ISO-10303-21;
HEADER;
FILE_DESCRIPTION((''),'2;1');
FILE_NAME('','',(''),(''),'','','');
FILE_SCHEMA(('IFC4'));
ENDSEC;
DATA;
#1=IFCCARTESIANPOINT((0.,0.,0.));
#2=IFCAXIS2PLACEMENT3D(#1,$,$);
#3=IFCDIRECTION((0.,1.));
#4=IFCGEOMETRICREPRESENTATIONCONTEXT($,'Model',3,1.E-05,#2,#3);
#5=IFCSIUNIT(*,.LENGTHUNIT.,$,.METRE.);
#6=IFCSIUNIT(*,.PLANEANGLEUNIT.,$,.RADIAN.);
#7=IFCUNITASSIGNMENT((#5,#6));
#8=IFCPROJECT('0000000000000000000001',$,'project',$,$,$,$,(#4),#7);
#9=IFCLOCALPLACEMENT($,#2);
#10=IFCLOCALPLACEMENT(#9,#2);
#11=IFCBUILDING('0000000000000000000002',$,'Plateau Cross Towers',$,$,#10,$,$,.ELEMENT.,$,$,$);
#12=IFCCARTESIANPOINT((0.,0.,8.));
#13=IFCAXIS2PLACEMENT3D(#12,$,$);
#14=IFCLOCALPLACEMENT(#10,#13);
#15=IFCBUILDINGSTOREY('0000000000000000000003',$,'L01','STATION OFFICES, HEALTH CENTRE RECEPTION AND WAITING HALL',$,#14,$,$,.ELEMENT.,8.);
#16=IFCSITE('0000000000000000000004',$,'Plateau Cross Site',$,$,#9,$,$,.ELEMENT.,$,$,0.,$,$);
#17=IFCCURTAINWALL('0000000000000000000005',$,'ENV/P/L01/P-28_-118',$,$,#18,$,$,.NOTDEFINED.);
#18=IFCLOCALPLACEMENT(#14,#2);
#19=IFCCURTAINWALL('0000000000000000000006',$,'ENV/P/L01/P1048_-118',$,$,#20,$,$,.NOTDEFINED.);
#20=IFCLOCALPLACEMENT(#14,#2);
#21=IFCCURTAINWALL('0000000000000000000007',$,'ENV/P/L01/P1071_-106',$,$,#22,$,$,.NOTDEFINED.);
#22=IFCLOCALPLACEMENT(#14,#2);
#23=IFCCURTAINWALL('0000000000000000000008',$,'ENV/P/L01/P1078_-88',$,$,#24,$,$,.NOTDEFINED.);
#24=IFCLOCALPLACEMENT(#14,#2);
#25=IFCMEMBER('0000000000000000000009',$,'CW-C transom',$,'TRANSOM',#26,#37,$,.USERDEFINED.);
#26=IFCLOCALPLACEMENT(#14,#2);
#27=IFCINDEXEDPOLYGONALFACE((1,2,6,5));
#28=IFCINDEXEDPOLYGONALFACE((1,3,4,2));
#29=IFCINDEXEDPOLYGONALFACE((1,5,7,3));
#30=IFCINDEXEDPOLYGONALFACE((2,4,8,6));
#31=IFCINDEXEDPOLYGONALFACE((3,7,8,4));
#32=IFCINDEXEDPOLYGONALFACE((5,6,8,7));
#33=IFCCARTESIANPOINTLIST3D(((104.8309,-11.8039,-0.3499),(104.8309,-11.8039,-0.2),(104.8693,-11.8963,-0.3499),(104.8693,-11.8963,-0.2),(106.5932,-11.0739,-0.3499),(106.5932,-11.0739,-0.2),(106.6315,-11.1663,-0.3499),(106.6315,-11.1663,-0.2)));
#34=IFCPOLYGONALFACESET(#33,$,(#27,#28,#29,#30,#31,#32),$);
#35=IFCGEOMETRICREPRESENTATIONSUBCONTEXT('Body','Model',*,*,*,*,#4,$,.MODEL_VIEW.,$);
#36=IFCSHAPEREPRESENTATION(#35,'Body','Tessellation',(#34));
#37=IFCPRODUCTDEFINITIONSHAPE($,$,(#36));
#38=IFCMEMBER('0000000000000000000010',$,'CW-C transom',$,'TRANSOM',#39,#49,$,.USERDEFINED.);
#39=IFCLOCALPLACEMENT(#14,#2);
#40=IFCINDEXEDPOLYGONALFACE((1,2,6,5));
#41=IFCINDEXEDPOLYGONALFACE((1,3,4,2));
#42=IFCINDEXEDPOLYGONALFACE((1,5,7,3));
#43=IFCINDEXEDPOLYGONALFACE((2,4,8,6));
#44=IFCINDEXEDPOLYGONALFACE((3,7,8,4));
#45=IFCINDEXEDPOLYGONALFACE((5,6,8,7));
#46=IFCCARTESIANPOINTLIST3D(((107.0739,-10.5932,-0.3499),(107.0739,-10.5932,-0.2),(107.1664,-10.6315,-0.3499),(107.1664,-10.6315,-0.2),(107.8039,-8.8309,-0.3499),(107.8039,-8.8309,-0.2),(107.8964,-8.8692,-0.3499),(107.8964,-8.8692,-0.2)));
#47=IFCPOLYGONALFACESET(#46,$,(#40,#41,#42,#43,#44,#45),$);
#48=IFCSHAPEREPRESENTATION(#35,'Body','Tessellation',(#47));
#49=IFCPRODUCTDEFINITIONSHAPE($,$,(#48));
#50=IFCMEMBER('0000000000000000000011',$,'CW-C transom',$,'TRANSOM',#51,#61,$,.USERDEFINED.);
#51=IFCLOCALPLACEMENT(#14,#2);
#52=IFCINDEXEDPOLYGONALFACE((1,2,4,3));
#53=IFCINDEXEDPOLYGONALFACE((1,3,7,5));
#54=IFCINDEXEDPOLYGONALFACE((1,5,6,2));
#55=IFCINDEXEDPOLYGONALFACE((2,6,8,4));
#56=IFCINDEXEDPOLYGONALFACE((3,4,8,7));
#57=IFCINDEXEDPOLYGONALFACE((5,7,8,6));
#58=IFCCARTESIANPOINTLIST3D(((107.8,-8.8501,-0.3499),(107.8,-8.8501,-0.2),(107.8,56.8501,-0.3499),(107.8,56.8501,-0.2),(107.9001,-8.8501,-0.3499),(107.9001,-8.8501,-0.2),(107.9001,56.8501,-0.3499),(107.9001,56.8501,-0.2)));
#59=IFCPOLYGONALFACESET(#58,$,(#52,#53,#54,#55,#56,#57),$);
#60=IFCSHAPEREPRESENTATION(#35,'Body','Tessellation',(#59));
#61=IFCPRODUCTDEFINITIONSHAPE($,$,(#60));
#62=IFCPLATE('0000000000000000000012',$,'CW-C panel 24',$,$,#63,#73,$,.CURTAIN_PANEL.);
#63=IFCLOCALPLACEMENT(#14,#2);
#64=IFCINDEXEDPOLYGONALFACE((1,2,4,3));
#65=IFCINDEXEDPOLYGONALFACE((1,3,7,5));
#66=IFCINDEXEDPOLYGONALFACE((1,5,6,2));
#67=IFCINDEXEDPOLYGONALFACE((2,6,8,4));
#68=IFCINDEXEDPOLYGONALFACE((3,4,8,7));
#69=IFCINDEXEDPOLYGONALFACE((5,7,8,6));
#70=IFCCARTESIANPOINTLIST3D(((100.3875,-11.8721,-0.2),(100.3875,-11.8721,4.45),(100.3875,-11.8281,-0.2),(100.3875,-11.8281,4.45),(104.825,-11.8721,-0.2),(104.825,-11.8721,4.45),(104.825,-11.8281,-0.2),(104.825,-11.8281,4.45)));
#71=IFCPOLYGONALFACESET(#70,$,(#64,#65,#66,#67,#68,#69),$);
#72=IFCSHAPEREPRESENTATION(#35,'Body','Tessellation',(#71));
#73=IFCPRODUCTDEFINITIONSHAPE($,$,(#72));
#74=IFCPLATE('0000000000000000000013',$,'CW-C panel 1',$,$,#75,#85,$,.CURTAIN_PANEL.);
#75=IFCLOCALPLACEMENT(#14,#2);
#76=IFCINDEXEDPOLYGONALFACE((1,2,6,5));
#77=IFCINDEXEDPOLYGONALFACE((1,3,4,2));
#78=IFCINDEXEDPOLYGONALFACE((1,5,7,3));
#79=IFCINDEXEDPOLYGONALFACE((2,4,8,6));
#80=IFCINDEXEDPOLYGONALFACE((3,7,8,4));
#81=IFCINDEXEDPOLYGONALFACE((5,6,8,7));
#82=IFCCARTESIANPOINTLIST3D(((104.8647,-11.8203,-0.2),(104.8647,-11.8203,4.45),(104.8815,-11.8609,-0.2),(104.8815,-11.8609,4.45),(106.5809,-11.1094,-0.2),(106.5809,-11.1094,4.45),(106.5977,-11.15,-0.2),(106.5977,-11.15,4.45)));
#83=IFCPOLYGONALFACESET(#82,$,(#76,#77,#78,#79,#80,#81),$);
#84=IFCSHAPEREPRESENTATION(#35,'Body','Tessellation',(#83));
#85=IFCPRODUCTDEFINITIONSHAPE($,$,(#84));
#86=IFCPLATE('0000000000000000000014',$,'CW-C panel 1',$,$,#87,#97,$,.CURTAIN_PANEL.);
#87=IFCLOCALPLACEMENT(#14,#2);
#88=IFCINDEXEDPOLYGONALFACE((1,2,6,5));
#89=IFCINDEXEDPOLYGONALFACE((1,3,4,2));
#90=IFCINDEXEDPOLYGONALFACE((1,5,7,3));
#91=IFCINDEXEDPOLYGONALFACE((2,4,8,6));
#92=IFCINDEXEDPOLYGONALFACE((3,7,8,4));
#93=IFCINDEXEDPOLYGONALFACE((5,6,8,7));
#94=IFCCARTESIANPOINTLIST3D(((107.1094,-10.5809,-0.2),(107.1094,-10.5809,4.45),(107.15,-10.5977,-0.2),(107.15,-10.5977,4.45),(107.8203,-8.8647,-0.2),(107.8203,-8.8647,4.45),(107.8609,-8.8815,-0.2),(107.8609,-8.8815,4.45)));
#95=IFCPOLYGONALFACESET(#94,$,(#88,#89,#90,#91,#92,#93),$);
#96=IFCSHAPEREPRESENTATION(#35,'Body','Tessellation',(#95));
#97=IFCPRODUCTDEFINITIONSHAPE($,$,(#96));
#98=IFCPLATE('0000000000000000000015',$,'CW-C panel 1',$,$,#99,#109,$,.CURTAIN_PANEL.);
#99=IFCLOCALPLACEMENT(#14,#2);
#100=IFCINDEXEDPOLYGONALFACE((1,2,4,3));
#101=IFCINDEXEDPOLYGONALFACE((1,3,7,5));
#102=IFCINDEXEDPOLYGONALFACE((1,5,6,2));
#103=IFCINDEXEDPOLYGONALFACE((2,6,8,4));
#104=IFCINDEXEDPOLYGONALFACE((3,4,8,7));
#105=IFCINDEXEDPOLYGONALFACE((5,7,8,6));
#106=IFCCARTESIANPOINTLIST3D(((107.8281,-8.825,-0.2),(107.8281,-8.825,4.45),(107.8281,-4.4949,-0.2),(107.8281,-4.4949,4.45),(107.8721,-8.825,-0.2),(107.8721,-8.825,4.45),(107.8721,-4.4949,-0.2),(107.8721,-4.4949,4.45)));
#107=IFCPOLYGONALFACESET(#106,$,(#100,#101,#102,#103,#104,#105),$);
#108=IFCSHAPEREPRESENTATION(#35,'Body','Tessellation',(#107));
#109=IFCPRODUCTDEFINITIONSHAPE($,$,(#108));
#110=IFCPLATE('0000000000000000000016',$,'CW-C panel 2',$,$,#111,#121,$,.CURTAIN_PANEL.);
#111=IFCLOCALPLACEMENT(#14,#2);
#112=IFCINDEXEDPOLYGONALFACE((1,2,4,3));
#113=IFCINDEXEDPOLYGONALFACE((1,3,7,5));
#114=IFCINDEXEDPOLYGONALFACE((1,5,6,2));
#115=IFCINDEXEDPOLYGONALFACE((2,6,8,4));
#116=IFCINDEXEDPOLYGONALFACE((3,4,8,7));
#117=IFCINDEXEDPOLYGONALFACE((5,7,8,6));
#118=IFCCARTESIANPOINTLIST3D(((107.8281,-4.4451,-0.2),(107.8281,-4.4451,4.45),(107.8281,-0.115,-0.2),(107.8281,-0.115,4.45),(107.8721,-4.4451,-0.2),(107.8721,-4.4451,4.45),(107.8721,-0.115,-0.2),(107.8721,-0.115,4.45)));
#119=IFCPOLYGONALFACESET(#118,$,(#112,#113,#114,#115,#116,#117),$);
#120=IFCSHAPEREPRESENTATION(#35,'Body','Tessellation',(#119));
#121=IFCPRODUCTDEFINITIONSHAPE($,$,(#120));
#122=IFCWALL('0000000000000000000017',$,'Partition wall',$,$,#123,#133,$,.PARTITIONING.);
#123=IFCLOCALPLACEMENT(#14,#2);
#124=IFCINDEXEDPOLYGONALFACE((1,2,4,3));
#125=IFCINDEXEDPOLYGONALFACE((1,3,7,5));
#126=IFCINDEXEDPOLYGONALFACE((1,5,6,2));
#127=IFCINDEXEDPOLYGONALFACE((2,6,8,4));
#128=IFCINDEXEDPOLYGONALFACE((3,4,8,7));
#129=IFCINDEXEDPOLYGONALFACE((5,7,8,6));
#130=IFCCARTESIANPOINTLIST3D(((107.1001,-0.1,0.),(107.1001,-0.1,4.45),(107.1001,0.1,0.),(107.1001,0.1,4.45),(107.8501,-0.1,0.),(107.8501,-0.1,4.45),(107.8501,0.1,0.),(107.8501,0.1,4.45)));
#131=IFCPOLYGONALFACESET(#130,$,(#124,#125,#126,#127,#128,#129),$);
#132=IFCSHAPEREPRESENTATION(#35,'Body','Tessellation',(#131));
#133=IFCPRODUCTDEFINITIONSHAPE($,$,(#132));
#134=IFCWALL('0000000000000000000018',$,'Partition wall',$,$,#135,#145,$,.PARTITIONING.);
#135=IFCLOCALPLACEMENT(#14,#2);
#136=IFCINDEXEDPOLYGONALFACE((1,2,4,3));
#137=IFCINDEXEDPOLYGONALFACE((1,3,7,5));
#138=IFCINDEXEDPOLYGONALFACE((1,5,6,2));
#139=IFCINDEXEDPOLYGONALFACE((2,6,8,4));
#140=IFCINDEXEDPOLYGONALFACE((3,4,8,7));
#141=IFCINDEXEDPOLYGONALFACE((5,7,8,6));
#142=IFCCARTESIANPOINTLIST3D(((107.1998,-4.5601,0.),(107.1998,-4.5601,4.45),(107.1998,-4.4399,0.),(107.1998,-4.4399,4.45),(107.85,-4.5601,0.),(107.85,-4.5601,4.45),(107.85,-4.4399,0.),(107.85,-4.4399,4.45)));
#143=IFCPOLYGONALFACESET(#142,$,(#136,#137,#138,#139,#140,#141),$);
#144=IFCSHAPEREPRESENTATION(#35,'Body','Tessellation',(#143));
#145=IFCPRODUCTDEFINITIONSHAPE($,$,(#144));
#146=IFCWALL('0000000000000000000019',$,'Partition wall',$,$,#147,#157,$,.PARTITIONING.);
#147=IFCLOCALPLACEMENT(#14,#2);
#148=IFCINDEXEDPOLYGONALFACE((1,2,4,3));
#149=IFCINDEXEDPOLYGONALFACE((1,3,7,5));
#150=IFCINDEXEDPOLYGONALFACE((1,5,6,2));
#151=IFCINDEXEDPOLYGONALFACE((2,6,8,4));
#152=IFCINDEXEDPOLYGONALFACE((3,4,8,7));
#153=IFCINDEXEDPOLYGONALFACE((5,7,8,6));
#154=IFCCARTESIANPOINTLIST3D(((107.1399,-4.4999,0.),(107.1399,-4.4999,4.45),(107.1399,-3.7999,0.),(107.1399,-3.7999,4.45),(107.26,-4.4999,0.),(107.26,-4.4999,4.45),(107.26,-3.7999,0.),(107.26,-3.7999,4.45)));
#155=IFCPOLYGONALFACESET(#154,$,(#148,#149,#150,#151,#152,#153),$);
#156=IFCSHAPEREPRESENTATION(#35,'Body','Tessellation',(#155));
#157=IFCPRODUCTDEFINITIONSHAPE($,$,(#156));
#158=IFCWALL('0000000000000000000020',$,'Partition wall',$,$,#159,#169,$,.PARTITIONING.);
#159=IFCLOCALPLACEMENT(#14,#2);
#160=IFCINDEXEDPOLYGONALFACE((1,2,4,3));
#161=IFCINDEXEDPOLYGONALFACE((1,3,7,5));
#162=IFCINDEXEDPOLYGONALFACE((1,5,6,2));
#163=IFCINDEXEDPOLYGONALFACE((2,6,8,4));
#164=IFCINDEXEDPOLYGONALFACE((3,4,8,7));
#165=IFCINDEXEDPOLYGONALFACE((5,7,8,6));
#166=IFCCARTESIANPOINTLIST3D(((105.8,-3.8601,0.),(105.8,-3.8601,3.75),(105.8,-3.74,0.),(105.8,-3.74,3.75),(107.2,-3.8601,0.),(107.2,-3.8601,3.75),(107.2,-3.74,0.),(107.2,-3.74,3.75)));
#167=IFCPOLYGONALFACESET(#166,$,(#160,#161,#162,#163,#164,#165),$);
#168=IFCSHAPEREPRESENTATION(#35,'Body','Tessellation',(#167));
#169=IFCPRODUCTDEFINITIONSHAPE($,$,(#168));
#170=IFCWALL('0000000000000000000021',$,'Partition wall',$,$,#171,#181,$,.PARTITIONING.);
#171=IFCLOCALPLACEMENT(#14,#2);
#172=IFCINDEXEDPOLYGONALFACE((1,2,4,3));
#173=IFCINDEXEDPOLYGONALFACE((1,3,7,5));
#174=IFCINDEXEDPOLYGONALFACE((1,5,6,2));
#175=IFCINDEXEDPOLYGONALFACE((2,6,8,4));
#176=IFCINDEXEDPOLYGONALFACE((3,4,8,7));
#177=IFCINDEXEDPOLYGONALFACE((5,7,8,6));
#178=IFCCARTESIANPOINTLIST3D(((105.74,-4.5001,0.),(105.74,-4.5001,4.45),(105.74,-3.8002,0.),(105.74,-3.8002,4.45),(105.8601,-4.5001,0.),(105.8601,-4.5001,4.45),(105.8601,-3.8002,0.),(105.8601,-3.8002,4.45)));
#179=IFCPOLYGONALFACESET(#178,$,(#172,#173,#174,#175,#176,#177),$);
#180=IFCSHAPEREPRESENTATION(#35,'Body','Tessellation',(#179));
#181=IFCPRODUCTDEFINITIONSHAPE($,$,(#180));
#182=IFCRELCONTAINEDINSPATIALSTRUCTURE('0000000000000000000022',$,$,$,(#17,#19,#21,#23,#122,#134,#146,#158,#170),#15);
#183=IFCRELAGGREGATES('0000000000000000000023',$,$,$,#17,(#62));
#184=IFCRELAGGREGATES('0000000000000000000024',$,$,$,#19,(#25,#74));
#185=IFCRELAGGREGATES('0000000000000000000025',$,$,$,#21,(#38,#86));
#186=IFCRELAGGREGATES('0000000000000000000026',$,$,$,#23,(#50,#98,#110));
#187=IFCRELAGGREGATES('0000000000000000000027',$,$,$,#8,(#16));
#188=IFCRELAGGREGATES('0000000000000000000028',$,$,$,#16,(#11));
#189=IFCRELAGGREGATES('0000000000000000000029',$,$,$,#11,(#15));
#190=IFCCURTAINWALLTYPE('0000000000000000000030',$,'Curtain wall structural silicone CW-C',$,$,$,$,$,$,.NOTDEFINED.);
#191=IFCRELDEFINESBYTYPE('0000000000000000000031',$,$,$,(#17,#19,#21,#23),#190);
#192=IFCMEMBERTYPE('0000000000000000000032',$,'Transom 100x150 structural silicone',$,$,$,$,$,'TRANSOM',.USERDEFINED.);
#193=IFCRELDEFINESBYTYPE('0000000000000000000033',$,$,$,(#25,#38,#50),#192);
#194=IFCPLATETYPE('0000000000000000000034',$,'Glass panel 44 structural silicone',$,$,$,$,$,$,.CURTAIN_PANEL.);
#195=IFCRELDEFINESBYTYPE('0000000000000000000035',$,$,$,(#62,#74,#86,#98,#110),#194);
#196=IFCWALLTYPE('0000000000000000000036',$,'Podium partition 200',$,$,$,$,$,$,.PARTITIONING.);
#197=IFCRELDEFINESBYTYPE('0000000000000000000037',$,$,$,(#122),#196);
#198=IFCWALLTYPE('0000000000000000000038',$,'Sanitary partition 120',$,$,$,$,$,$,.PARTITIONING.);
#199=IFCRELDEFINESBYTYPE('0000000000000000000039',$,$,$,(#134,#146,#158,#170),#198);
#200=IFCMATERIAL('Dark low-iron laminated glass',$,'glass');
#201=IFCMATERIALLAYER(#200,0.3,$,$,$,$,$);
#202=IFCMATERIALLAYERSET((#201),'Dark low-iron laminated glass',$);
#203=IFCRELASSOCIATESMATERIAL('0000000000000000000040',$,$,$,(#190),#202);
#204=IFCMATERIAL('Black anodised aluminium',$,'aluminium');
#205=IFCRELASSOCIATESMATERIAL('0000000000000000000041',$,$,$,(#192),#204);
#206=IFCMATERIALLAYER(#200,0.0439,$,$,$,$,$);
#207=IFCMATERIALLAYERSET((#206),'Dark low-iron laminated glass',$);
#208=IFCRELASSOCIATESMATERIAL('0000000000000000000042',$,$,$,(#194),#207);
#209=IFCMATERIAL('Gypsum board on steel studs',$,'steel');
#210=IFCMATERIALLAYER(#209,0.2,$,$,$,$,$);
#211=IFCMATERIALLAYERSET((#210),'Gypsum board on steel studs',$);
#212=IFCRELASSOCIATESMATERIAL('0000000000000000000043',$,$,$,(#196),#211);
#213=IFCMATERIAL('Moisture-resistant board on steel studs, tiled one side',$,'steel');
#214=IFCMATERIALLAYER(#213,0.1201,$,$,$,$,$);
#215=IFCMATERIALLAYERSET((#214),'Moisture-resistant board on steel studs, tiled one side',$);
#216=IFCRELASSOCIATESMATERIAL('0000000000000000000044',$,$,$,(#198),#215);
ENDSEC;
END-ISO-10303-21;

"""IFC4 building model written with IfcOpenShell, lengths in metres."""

from ifc_helpers import new_model, si_unit, direction, frame, frame_2d, origin, origin_2d, place, context, subcontext, project, spatial, rectangle, extrude, material, layer, layer_set, material_profile, profile_set, type_object, element, aggregate, save


model = new_model("IFC4")

# Units and contexts
model_context = context("Model", 3, precision=1e-05, world=origin(), true_north=direction((0.0, 1.0)))
body_context = subcontext(model_context, "Body", "Model", "MODEL_VIEW")
ifc_project = project(units=[si_unit("LENGTHUNIT", "METRE"), si_unit("PLANEANGLEUNIT", "RADIAN")], contexts=[model_context])

# Site, building, storey
site_placement = place(None, origin())
site = spatial("IfcSite", under=ifc_project, at=site_placement, Name="Plateau Cross Site", CompositionType="ELEMENT", RefElevation=0.0)
building_placement = place(site_placement, origin())
building = spatial("IfcBuilding", under=site, at=building_placement, Name="Plateau Cross Towers", CompositionType="ELEMENT")
storey_placement = place(building_placement, frame((0.0, 0.0, 8.0)))
storey = spatial("IfcBuildingStorey", under=building, at=storey_placement, Name="L01", Description="STATION OFFICES, HEALTH CENTRE RECEPTION AND WAITING HALL", CompositionType="ELEMENT", Elevation=8.0)

# Curtain wall
ifc_material_1 = material(Name="Dark low-iron laminated glass", Category="glass")
ifc_layer_1 = layer(ifc_material_1, 0.3)
ifc_layer_set_1 = layer_set([ifc_layer_1], Name="Dark low-iron laminated glass")
curtain_wall_type = type_object("IfcCurtainWallType", Name="Curtain wall structural silicone CW-C", PredefinedType="NOTDEFINED", material=ifc_layer_set_1)
curtain_wall_1_placement = place(storey_placement, origin())
curtain_wall_1 = element("IfcCurtainWall", 1, at=curtain_wall_1_placement, inside=storey, type_object=curtain_wall_type, Name="ENV/P/L01/P-28_-118", PredefinedType="NOTDEFINED")
ifc_material_2 = material(Name="Black anodised aluminium", Category="aluminium")

# Curtain wall
curtain_wall_2_placement = place(storey_placement, origin())
curtain_wall_2 = element("IfcCurtainWall", 2, at=curtain_wall_2_placement, inside=storey, type_object=curtain_wall_type, Name="ENV/P/L01/P1048_-118", PredefinedType="NOTDEFINED")

# Curtain wall
curtain_wall_3_placement = place(storey_placement, origin())
curtain_wall_3 = element("IfcCurtainWall", 3, at=curtain_wall_3_placement, inside=storey, type_object=curtain_wall_type, Name="ENV/P/L01/P1071_-106", PredefinedType="NOTDEFINED")

# Curtain wall
curtain_wall_4_placement = place(storey_placement, origin())
curtain_wall_4 = element("IfcCurtainWall", 4, at=curtain_wall_4_placement, inside=storey, type_object=curtain_wall_type, Name="ENV/P/L01/P1078_-88", PredefinedType="NOTDEFINED")

# Members
ifc_material_profile_1 = material_profile(ifc_material_2, rectangle(XDim=0.1001, YDim=0.1499, at=origin_2d()), Name="TRANSOM 100x150")
ifc_profile_set_1 = profile_set([ifc_material_profile_1], Name="Black anodised aluminium")
member_type_1 = type_object("IfcMemberType", Name="Transom 100x150 structural silicone", ElementType="TRANSOM", PredefinedType="USERDEFINED", material=ifc_profile_set_1)
member_1_placement = place(storey_placement, frame((104.8501, -11.8501, -0.2749), z_axis=(0.92387, 0.382706, 0.0), x_axis=(-0.382706, 0.92387, 0.0)))
member_1 = element("IfcMember", 5, at=member_1_placement, type_object=member_type_1, Name="CW-C transom", ObjectType="TRANSOM", PredefinedType="USERDEFINED", context=body_context, shape_type="SweptSolid", body=[
    extrude(rectangle(XDim=0.1001, YDim=0.1499, at=origin_2d()), origin(), (0.0, 0.0, 1.0), 1.9075),
])
member_2_placement = place(storey_placement, frame((107.1201, -10.6123, -0.2749), z_axis=(0.382706, 0.92387, 0.0), x_axis=(-0.92387, 0.382706, 0.0)))
member_2 = element("IfcMember", 6, at=member_2_placement, type_object=member_type_1, Name="CW-C transom", ObjectType="TRANSOM", PredefinedType="USERDEFINED", context=body_context, shape_type="SweptSolid", body=[
    extrude(rectangle(XDim=0.1001, YDim=0.1499, at=origin_2d()), origin(), (0.0, 0.0, 1.0), 1.9075),
])
member_3_placement = place(storey_placement, frame((107.8501, -8.8501, -0.2749), z_axis=(0.0, 1.0, 0.0), x_axis=(-1.0, 0.0, 0.0)))
member_3 = element("IfcMember", 7, at=member_3_placement, type_object=member_type_1, Name="CW-C transom", ObjectType="TRANSOM", PredefinedType="USERDEFINED", context=body_context, shape_type="SweptSolid", body=[
    extrude(rectangle(XDim=0.1001, YDim=0.1499, at=origin_2d()), origin(), (0.0, 0.0, 1.0), 65.7002),
])

# Plates
ifc_layer_2 = layer(ifc_material_1, 0.0439)
ifc_layer_set_2 = layer_set([ifc_layer_2], Name="Dark low-iron laminated glass")
plate_type = type_object("IfcPlateType", Name="Glass panel 44 structural silicone", PredefinedType="CURTAIN_PANEL", material=ifc_layer_set_2)
plate_1_placement = place(storey_placement, frame((102.6062, -11.8501, -0.2), z_axis=(0.0, 0.0, 1.0), x_axis=(1.0, 0.0, 0.0)))
plate_1 = element("IfcPlate", 8, at=plate_1_placement, type_object=plate_type, Name="CW-C panel 24", PredefinedType="CURTAIN_PANEL", context=body_context, shape_type="SweptSolid", body=[
    extrude(rectangle(XDim=4.4375, YDim=0.0439, at=origin_2d()), origin(), (0.0, 0.0, 1.0), 4.6499),
])
aggregate(curtain_wall_1, [plate_1])
plate_2_placement = place(storey_placement, frame((105.7312, -11.4851, -0.2), z_axis=(0.0, 0.0, 1.0), x_axis=(0.923879, 0.382684, 0.0)))
plate_2 = element("IfcPlate", 9, at=plate_2_placement, type_object=plate_type, Name="CW-C panel 1", PredefinedType="CURTAIN_PANEL", context=body_context, shape_type="SweptSolid", body=[
    extrude(rectangle(XDim=1.8577, YDim=0.0439, at=origin_2d()), origin(), (0.0, 0.0, 1.0), 4.6499),
])
aggregate(curtain_wall_2, [member_1, plate_2])
plate_3_placement = place(storey_placement, frame((107.4851, -9.7312, -0.2), z_axis=(0.0, 0.0, 1.0), x_axis=(0.382684, 0.923879, 0.0)))
plate_3 = element("IfcPlate", 10, at=plate_3_placement, type_object=plate_type, Name="CW-C panel 1", PredefinedType="CURTAIN_PANEL", context=body_context, shape_type="SweptSolid", body=[
    extrude(rectangle(XDim=1.8577, YDim=0.0439, at=origin_2d()), origin(), (0.0, 0.0, 1.0), 4.6499),
])
aggregate(curtain_wall_3, [member_2, plate_3])
plate_4_placement = place(storey_placement, frame((107.8501, -6.6599, -0.2), z_axis=(0.0, 0.0, 1.0), x_axis=(0.0, 1.0, 0.0)))
plate_4 = element("IfcPlate", 11, at=plate_4_placement, type_object=plate_type, Name="CW-C panel 1", PredefinedType="CURTAIN_PANEL", context=body_context, shape_type="SweptSolid", body=[
    extrude(rectangle(XDim=4.3301, YDim=0.0439, at=origin_2d()), origin(), (0.0, 0.0, 1.0), 4.6499),
])
plate_5_placement = place(storey_placement, frame((107.8501, -2.28, -0.2), z_axis=(0.0, 0.0, 1.0), x_axis=(0.0, 1.0, 0.0)))
plate_5 = element("IfcPlate", 12, at=plate_5_placement, type_object=plate_type, Name="CW-C panel 2", PredefinedType="CURTAIN_PANEL", context=body_context, shape_type="SweptSolid", body=[
    extrude(rectangle(XDim=4.3301, YDim=0.0439, at=origin_2d()), origin(), (0.0, 0.0, 1.0), 4.6499),
])
aggregate(curtain_wall_4, [member_3, plate_4, plate_5])

# Walls
ifc_material_3 = material(Name="Gypsum board on steel studs", Category="steel")
ifc_layer_3 = layer(ifc_material_3, 0.2)
ifc_layer_set_3 = layer_set([ifc_layer_3], Name="Gypsum board on steel studs")
wall_type_1 = type_object("IfcWallType", Name="Podium partition 200", PredefinedType="PARTITIONING", material=ifc_layer_set_3)
wall_1_placement = place(storey_placement, frame((107.1001, 0.0, 0.0), z_axis=(0.0, 0.0, 1.0), x_axis=(1.0, 0.0, 0.0)))
element("IfcWall", 13, at=wall_1_placement, inside=storey, type_object=wall_type_1, Name="Partition wall", PredefinedType="PARTITIONING", context=body_context, shape_type="SweptSolid", body=[
    extrude(rectangle(XDim=0.75, YDim=0.2, at=frame_2d((0.375, 0.0))), origin(), (0.0, 0.0, 1.0), 4.45),
])
ifc_material_4 = material(Name="Moisture-resistant board on steel studs, tiled one side", Category="steel")
ifc_layer_4 = layer(ifc_material_4, 0.1201)
ifc_layer_set_4 = layer_set([ifc_layer_4], Name="Moisture-resistant board on steel studs, tiled one side")
wall_type_2 = type_object("IfcWallType", Name="Sanitary partition 120", PredefinedType="PARTITIONING", material=ifc_layer_set_4)
wall_2_placement = place(storey_placement, frame((107.8501, -4.5, 0.0), z_axis=(0.0, 0.0, 1.0), x_axis=(-1.0, 0.0, 0.0)))
element("IfcWall", 14, at=wall_2_placement, inside=storey, type_object=wall_type_2, Name="Partition wall", PredefinedType="PARTITIONING", context=body_context, shape_type="SweptSolid", body=[
    extrude(rectangle(XDim=0.6501, YDim=0.1201, at=frame_2d((0.3252, 0.0))), origin(), (0.0, 0.0, 1.0), 4.45),
])
wall_3_placement = place(storey_placement, frame((107.2, -4.5, 0.0), z_axis=(0.0, 0.0, 1.0), x_axis=(0.0, 1.0, 0.0)))
element("IfcWall", 15, at=wall_3_placement, inside=storey, type_object=wall_type_2, Name="Partition wall", PredefinedType="PARTITIONING", context=body_context, shape_type="SweptSolid", body=[
    extrude(rectangle(XDim=0.7, YDim=0.1201, at=frame_2d((0.3501, 0.0))), origin(), (0.0, 0.0, 1.0), 4.45),
])
wall_4_placement = place(storey_placement, frame((107.2, -3.8, 0.0), z_axis=(0.0, 0.0, 1.0), x_axis=(-1.0, 0.0, 0.0)))
element("IfcWall", 16, at=wall_4_placement, inside=storey, type_object=wall_type_2, Name="Partition wall", PredefinedType="PARTITIONING", context=body_context, shape_type="SweptSolid", body=[
    extrude(rectangle(XDim=1.3999, YDim=0.1201, at=frame_2d((0.7, 0.0))), origin(), (0.0, 0.0, 1.0), 3.75),
])
wall_5_placement = place(storey_placement, frame((105.8, -3.8, 0.0), z_axis=(0.0, 0.0, 1.0), x_axis=(0.0, -1.0, 0.0)))
element("IfcWall", 17, at=wall_5_placement, inside=storey, type_object=wall_type_2, Name="Partition wall", PredefinedType="PARTITIONING", context=body_context, shape_type="SweptSolid", body=[
    extrude(rectangle(XDim=0.7, YDim=0.1201, at=frame_2d((0.3501, 0.0))), origin(), (0.0, 0.0, 1.0), 4.45),
])

save(model, "model.ifc")
